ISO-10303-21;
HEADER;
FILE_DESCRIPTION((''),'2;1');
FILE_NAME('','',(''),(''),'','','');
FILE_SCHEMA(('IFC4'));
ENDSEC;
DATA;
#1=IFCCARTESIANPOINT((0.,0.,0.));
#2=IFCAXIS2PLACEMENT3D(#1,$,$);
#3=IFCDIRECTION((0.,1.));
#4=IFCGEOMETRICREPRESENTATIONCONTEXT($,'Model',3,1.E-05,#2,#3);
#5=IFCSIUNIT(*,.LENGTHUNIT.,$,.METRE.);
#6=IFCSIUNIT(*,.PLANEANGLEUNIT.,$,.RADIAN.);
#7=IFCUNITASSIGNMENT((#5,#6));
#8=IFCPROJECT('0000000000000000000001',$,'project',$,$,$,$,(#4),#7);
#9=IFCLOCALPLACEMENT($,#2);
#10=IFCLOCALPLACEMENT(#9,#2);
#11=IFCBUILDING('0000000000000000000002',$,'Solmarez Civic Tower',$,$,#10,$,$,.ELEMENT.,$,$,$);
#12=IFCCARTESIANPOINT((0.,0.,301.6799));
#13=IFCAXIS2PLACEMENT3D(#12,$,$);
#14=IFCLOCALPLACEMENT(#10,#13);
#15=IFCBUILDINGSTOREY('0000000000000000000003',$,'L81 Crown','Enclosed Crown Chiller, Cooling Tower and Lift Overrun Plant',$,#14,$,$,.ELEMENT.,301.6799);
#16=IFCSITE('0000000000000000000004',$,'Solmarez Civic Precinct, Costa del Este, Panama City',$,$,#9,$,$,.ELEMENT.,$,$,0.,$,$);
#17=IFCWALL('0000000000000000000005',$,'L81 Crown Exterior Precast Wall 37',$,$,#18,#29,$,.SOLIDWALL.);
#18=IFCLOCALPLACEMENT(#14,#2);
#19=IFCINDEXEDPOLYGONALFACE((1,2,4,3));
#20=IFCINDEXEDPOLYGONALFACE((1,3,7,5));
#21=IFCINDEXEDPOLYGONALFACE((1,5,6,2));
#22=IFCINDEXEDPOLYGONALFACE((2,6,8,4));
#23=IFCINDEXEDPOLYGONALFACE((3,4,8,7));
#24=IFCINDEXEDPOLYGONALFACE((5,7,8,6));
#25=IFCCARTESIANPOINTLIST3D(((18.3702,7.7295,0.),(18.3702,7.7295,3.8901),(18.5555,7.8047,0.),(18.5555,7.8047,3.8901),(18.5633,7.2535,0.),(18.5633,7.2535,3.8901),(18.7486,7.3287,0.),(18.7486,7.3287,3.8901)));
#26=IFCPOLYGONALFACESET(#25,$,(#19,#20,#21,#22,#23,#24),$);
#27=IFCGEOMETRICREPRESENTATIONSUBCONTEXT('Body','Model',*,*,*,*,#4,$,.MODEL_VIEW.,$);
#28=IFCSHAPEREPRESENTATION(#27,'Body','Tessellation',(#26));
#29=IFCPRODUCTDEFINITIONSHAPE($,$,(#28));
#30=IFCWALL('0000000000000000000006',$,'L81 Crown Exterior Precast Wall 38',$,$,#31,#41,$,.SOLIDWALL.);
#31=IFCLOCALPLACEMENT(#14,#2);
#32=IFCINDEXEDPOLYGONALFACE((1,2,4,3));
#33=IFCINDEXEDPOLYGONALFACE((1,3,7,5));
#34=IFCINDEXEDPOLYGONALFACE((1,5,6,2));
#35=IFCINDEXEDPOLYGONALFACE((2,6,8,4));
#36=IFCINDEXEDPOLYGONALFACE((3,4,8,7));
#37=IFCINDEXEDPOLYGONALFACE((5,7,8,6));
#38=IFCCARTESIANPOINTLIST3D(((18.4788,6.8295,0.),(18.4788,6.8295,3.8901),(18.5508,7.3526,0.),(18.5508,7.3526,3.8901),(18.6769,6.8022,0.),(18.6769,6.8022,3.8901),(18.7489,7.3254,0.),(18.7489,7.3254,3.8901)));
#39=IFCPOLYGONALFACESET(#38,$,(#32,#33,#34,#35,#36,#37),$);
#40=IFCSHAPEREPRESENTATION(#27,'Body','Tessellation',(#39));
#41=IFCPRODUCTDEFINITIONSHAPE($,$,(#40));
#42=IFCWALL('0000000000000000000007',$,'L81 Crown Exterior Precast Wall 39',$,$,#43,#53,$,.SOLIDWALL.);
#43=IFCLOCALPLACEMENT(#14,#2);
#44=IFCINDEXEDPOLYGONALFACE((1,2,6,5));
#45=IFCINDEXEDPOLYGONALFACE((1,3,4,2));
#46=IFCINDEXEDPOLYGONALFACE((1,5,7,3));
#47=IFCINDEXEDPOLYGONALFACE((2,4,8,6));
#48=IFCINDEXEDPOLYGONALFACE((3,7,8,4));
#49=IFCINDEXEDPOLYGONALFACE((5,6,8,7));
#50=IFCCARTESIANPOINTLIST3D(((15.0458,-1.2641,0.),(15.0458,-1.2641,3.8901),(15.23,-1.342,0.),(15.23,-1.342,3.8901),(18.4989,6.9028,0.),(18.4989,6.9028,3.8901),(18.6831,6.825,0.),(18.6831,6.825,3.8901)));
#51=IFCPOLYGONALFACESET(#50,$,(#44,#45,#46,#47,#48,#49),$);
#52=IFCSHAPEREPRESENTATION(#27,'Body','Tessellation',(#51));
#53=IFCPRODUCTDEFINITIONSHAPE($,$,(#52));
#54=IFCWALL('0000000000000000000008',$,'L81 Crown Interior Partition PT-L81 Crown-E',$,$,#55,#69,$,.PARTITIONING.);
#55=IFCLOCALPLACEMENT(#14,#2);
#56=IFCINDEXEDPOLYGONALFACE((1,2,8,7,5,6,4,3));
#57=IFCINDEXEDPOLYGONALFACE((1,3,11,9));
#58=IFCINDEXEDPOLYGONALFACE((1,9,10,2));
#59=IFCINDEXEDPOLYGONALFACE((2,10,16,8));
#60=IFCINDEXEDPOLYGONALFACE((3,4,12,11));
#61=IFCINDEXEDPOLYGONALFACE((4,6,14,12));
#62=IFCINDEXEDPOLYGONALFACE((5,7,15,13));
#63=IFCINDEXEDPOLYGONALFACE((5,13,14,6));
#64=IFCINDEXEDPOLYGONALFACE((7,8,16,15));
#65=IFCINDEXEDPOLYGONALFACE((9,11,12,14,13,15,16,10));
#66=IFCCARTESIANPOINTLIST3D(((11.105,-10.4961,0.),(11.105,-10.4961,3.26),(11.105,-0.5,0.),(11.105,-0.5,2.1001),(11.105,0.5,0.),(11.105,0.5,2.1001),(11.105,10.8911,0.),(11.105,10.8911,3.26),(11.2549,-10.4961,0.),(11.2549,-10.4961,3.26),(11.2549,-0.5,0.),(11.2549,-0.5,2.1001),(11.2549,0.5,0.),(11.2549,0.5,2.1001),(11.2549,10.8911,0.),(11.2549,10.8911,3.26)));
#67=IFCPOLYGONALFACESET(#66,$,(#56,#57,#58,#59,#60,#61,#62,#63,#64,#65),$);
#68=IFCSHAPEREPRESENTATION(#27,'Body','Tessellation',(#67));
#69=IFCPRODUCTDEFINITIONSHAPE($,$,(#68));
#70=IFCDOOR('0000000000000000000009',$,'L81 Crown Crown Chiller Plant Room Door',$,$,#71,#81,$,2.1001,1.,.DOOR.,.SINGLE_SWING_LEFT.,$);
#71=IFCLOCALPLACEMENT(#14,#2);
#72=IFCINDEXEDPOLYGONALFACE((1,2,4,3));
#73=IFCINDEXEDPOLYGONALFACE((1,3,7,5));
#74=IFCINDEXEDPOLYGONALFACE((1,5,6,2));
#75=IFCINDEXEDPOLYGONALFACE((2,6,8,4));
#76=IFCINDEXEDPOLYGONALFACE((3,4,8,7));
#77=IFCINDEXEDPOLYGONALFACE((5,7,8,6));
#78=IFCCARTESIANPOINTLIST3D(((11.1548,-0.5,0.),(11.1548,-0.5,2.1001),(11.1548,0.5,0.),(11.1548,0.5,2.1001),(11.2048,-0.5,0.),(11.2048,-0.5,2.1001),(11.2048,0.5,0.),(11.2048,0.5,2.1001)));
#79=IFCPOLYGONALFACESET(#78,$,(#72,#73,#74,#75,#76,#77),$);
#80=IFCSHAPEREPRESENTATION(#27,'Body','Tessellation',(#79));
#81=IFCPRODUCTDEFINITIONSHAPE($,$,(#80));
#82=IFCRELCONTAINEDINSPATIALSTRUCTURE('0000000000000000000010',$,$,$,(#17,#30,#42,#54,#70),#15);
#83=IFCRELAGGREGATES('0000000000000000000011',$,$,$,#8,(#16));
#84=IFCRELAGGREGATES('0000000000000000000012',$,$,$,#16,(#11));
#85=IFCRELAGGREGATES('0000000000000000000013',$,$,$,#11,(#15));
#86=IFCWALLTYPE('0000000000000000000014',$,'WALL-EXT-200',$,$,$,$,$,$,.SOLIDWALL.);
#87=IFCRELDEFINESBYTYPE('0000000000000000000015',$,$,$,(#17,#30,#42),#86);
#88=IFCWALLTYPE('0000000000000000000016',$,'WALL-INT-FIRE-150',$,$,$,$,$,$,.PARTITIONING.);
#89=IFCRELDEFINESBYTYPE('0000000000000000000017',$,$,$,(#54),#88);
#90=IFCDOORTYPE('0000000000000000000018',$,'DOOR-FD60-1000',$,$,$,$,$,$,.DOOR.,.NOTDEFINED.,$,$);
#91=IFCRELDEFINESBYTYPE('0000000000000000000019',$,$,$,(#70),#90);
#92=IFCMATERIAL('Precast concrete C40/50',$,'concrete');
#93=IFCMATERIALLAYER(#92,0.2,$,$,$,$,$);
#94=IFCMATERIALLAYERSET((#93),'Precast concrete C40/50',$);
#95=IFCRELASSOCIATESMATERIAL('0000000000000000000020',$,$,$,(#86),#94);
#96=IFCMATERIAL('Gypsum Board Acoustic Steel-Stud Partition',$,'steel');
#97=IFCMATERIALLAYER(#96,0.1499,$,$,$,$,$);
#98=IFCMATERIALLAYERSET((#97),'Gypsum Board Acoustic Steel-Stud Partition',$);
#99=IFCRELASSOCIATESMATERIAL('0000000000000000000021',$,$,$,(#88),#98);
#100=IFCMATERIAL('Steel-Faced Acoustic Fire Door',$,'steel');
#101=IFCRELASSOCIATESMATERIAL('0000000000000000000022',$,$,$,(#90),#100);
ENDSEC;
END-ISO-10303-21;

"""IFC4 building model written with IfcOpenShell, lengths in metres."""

from ifc_helpers import new_model, si_unit, direction, frame, frame_2d, origin, place, context, subcontext, project, spatial, rectangle, extrude, material, layer, layer_set, type_object, element, fill, save


model = new_model("IFC4")

# Units and contexts
model_context = context("Model", 3, precision=1e-05, world=origin(), true_north=direction((0.0, 1.0)))
body_context = subcontext(model_context, "Body", "Model", "MODEL_VIEW")
ifc_project = project(units=[si_unit("LENGTHUNIT", "METRE"), si_unit("PLANEANGLEUNIT", "RADIAN")], contexts=[model_context])

# Site, building, storey
site_placement = place(None, origin())
site = spatial("IfcSite", under=ifc_project, at=site_placement, Name="Solmarez Civic Precinct, Costa del Este, Panama City", CompositionType="ELEMENT", RefElevation=0.0)
building_placement = place(site_placement, origin())
building = spatial("IfcBuilding", under=site, at=building_placement, Name="Solmarez Civic Tower", CompositionType="ELEMENT")
storey_placement = place(building_placement, frame((0.0, 0.0, 301.6799)))
storey = spatial("IfcBuildingStorey", under=building, at=storey_placement, Name="L81 Crown", Description="Enclosed Crown Chiller, Cooling Tower and Lift Overrun Plant", CompositionType="ELEMENT", Elevation=301.6799)

# Walls
ifc_material_1 = material(Name="Precast concrete C40/50", Category="concrete")
ifc_layer_1 = layer(ifc_material_1, 0.2)
ifc_layer_set_1 = layer_set([ifc_layer_1], Name="Precast concrete C40/50")
wall_type_1 = type_object("IfcWallType", Name="WALL-EXT-200", PredefinedType="SOLIDWALL", material=ifc_layer_set_1)
wall_1_placement = place(storey_placement, frame((18.4629, 7.7671, 0.0), z_axis=(0.0, 0.0, 1.0), x_axis=(0.375893, -0.926663, 0.0)))
element("IfcWall", 1, at=wall_1_placement, inside=storey, type_object=wall_type_1, Name="L81 Crown Exterior Precast Wall 37", PredefinedType="SOLIDWALL", context=body_context, shape_type="SweptSolid", body=[
    extrude(rectangle(XDim=0.5137, YDim=0.2, at=frame_2d((0.2568, 0.0))), origin(), (0.0, 0.0, 1.0), 3.8901),
])
wall_2_placement = place(storey_placement, frame((18.6499, 7.3391, 0.0), z_axis=(0.0, 0.0, 1.0), x_axis=(-0.136371, -0.990658, 0.0)))
element("IfcWall", 2, at=wall_2_placement, inside=storey, type_object=wall_type_1, Name="L81 Crown Exterior Precast Wall 38", PredefinedType="SOLIDWALL", context=body_context, shape_type="SweptSolid", body=[
    extrude(rectangle(XDim=0.5281, YDim=0.2, at=frame_2d((0.2642, 0.0))), origin(), (0.0, 0.0, 1.0), 3.8901),
])
wall_3_placement = place(storey_placement, frame((18.5911, 6.864, 0.0), z_axis=(0.0, 0.0, 1.0), x_axis=(-0.389435, -0.921054, 0.0)))
element("IfcWall", 3, at=wall_3_placement, inside=storey, type_object=wall_type_1, Name="L81 Crown Exterior Precast Wall 39", PredefinedType="SOLIDWALL", context=body_context, shape_type="SweptSolid", body=[
    extrude(rectangle(XDim=8.8669, YDim=0.2, at=frame_2d((4.4336, 0.0))), origin(), (0.0, 0.0, 1.0), 3.8901),
])

# Wall, opening, door
ifc_material_2 = material(Name="Gypsum Board Acoustic Steel-Stud Partition", Category="steel")
ifc_layer_2 = layer(ifc_material_2, 0.1499)
ifc_layer_set_2 = layer_set([ifc_layer_2], Name="Gypsum Board Acoustic Steel-Stud Partition")
wall_type_2 = type_object("IfcWallType", Name="WALL-INT-FIRE-150", PredefinedType="PARTITIONING", material=ifc_layer_set_2)
wall_4_placement = place(storey_placement, frame((11.1799, 10.8911, 0.0), z_axis=(0.0, 0.0, 1.0), x_axis=(0.0, -1.0, 0.0)))
wall_4 = element("IfcWall", 4, at=wall_4_placement, inside=storey, type_object=wall_type_2, Name="L81 Crown Interior Partition PT-L81 Crown-E", PredefinedType="PARTITIONING", context=body_context, shape_type="SweptSolid", body=[
    extrude(rectangle(XDim=21.3872, YDim=0.1499, at=frame_2d((10.6936, 0.0))), origin(), (0.0, 0.0, 1.0), 3.26),
])
opening_placement = place(wall_4_placement, frame((10.3911, 0.0, 0.0)))
opening = element("IfcOpeningElement", 5, at=opening_placement, cuts=wall_4, PredefinedType="OPENING", context=body_context, shape_type="SweptSolid", body=[
    extrude(rectangle(XDim=1.0, YDim=2.1001, at=frame_2d((0.5, 1.05))), frame((0.0, 0.085, 0.0), z_axis=(0.0, -1.0, 0.0), x_axis=(1.0, 0.0, 0.0)), (0.0, 0.0, 1.0), 0.1699),
])
ifc_material_3 = material(Name="Steel-Faced Acoustic Fire Door", Category="steel")
door_type = type_object("IfcDoorType", Name="DOOR-FD60-1000", OperationType="NOTDEFINED", PredefinedType="DOOR", material=ifc_material_3)
door_placement = place(opening_placement, origin())
door = element("IfcDoor", 6, at=door_placement, inside=storey, type_object=door_type, Name="L81 Crown Crown Chiller Plant Room Door", OperationType="SINGLE_SWING_LEFT", OverallHeight=2.1001, OverallWidth=1.0, PredefinedType="DOOR", context=body_context, shape_type="SweptSolid", body=[
    extrude(rectangle(XDim=1.0, YDim=2.1001, at=frame_2d((0.5, 1.05))), frame((0.0, 0.0249, 0.0), z_axis=(0.0, -1.0, 0.0), x_axis=(1.0, 0.0, 0.0)), (0.0, 0.0, 1.0), 0.05),
])
fill(opening, door)

save(model, "model.ifc")
